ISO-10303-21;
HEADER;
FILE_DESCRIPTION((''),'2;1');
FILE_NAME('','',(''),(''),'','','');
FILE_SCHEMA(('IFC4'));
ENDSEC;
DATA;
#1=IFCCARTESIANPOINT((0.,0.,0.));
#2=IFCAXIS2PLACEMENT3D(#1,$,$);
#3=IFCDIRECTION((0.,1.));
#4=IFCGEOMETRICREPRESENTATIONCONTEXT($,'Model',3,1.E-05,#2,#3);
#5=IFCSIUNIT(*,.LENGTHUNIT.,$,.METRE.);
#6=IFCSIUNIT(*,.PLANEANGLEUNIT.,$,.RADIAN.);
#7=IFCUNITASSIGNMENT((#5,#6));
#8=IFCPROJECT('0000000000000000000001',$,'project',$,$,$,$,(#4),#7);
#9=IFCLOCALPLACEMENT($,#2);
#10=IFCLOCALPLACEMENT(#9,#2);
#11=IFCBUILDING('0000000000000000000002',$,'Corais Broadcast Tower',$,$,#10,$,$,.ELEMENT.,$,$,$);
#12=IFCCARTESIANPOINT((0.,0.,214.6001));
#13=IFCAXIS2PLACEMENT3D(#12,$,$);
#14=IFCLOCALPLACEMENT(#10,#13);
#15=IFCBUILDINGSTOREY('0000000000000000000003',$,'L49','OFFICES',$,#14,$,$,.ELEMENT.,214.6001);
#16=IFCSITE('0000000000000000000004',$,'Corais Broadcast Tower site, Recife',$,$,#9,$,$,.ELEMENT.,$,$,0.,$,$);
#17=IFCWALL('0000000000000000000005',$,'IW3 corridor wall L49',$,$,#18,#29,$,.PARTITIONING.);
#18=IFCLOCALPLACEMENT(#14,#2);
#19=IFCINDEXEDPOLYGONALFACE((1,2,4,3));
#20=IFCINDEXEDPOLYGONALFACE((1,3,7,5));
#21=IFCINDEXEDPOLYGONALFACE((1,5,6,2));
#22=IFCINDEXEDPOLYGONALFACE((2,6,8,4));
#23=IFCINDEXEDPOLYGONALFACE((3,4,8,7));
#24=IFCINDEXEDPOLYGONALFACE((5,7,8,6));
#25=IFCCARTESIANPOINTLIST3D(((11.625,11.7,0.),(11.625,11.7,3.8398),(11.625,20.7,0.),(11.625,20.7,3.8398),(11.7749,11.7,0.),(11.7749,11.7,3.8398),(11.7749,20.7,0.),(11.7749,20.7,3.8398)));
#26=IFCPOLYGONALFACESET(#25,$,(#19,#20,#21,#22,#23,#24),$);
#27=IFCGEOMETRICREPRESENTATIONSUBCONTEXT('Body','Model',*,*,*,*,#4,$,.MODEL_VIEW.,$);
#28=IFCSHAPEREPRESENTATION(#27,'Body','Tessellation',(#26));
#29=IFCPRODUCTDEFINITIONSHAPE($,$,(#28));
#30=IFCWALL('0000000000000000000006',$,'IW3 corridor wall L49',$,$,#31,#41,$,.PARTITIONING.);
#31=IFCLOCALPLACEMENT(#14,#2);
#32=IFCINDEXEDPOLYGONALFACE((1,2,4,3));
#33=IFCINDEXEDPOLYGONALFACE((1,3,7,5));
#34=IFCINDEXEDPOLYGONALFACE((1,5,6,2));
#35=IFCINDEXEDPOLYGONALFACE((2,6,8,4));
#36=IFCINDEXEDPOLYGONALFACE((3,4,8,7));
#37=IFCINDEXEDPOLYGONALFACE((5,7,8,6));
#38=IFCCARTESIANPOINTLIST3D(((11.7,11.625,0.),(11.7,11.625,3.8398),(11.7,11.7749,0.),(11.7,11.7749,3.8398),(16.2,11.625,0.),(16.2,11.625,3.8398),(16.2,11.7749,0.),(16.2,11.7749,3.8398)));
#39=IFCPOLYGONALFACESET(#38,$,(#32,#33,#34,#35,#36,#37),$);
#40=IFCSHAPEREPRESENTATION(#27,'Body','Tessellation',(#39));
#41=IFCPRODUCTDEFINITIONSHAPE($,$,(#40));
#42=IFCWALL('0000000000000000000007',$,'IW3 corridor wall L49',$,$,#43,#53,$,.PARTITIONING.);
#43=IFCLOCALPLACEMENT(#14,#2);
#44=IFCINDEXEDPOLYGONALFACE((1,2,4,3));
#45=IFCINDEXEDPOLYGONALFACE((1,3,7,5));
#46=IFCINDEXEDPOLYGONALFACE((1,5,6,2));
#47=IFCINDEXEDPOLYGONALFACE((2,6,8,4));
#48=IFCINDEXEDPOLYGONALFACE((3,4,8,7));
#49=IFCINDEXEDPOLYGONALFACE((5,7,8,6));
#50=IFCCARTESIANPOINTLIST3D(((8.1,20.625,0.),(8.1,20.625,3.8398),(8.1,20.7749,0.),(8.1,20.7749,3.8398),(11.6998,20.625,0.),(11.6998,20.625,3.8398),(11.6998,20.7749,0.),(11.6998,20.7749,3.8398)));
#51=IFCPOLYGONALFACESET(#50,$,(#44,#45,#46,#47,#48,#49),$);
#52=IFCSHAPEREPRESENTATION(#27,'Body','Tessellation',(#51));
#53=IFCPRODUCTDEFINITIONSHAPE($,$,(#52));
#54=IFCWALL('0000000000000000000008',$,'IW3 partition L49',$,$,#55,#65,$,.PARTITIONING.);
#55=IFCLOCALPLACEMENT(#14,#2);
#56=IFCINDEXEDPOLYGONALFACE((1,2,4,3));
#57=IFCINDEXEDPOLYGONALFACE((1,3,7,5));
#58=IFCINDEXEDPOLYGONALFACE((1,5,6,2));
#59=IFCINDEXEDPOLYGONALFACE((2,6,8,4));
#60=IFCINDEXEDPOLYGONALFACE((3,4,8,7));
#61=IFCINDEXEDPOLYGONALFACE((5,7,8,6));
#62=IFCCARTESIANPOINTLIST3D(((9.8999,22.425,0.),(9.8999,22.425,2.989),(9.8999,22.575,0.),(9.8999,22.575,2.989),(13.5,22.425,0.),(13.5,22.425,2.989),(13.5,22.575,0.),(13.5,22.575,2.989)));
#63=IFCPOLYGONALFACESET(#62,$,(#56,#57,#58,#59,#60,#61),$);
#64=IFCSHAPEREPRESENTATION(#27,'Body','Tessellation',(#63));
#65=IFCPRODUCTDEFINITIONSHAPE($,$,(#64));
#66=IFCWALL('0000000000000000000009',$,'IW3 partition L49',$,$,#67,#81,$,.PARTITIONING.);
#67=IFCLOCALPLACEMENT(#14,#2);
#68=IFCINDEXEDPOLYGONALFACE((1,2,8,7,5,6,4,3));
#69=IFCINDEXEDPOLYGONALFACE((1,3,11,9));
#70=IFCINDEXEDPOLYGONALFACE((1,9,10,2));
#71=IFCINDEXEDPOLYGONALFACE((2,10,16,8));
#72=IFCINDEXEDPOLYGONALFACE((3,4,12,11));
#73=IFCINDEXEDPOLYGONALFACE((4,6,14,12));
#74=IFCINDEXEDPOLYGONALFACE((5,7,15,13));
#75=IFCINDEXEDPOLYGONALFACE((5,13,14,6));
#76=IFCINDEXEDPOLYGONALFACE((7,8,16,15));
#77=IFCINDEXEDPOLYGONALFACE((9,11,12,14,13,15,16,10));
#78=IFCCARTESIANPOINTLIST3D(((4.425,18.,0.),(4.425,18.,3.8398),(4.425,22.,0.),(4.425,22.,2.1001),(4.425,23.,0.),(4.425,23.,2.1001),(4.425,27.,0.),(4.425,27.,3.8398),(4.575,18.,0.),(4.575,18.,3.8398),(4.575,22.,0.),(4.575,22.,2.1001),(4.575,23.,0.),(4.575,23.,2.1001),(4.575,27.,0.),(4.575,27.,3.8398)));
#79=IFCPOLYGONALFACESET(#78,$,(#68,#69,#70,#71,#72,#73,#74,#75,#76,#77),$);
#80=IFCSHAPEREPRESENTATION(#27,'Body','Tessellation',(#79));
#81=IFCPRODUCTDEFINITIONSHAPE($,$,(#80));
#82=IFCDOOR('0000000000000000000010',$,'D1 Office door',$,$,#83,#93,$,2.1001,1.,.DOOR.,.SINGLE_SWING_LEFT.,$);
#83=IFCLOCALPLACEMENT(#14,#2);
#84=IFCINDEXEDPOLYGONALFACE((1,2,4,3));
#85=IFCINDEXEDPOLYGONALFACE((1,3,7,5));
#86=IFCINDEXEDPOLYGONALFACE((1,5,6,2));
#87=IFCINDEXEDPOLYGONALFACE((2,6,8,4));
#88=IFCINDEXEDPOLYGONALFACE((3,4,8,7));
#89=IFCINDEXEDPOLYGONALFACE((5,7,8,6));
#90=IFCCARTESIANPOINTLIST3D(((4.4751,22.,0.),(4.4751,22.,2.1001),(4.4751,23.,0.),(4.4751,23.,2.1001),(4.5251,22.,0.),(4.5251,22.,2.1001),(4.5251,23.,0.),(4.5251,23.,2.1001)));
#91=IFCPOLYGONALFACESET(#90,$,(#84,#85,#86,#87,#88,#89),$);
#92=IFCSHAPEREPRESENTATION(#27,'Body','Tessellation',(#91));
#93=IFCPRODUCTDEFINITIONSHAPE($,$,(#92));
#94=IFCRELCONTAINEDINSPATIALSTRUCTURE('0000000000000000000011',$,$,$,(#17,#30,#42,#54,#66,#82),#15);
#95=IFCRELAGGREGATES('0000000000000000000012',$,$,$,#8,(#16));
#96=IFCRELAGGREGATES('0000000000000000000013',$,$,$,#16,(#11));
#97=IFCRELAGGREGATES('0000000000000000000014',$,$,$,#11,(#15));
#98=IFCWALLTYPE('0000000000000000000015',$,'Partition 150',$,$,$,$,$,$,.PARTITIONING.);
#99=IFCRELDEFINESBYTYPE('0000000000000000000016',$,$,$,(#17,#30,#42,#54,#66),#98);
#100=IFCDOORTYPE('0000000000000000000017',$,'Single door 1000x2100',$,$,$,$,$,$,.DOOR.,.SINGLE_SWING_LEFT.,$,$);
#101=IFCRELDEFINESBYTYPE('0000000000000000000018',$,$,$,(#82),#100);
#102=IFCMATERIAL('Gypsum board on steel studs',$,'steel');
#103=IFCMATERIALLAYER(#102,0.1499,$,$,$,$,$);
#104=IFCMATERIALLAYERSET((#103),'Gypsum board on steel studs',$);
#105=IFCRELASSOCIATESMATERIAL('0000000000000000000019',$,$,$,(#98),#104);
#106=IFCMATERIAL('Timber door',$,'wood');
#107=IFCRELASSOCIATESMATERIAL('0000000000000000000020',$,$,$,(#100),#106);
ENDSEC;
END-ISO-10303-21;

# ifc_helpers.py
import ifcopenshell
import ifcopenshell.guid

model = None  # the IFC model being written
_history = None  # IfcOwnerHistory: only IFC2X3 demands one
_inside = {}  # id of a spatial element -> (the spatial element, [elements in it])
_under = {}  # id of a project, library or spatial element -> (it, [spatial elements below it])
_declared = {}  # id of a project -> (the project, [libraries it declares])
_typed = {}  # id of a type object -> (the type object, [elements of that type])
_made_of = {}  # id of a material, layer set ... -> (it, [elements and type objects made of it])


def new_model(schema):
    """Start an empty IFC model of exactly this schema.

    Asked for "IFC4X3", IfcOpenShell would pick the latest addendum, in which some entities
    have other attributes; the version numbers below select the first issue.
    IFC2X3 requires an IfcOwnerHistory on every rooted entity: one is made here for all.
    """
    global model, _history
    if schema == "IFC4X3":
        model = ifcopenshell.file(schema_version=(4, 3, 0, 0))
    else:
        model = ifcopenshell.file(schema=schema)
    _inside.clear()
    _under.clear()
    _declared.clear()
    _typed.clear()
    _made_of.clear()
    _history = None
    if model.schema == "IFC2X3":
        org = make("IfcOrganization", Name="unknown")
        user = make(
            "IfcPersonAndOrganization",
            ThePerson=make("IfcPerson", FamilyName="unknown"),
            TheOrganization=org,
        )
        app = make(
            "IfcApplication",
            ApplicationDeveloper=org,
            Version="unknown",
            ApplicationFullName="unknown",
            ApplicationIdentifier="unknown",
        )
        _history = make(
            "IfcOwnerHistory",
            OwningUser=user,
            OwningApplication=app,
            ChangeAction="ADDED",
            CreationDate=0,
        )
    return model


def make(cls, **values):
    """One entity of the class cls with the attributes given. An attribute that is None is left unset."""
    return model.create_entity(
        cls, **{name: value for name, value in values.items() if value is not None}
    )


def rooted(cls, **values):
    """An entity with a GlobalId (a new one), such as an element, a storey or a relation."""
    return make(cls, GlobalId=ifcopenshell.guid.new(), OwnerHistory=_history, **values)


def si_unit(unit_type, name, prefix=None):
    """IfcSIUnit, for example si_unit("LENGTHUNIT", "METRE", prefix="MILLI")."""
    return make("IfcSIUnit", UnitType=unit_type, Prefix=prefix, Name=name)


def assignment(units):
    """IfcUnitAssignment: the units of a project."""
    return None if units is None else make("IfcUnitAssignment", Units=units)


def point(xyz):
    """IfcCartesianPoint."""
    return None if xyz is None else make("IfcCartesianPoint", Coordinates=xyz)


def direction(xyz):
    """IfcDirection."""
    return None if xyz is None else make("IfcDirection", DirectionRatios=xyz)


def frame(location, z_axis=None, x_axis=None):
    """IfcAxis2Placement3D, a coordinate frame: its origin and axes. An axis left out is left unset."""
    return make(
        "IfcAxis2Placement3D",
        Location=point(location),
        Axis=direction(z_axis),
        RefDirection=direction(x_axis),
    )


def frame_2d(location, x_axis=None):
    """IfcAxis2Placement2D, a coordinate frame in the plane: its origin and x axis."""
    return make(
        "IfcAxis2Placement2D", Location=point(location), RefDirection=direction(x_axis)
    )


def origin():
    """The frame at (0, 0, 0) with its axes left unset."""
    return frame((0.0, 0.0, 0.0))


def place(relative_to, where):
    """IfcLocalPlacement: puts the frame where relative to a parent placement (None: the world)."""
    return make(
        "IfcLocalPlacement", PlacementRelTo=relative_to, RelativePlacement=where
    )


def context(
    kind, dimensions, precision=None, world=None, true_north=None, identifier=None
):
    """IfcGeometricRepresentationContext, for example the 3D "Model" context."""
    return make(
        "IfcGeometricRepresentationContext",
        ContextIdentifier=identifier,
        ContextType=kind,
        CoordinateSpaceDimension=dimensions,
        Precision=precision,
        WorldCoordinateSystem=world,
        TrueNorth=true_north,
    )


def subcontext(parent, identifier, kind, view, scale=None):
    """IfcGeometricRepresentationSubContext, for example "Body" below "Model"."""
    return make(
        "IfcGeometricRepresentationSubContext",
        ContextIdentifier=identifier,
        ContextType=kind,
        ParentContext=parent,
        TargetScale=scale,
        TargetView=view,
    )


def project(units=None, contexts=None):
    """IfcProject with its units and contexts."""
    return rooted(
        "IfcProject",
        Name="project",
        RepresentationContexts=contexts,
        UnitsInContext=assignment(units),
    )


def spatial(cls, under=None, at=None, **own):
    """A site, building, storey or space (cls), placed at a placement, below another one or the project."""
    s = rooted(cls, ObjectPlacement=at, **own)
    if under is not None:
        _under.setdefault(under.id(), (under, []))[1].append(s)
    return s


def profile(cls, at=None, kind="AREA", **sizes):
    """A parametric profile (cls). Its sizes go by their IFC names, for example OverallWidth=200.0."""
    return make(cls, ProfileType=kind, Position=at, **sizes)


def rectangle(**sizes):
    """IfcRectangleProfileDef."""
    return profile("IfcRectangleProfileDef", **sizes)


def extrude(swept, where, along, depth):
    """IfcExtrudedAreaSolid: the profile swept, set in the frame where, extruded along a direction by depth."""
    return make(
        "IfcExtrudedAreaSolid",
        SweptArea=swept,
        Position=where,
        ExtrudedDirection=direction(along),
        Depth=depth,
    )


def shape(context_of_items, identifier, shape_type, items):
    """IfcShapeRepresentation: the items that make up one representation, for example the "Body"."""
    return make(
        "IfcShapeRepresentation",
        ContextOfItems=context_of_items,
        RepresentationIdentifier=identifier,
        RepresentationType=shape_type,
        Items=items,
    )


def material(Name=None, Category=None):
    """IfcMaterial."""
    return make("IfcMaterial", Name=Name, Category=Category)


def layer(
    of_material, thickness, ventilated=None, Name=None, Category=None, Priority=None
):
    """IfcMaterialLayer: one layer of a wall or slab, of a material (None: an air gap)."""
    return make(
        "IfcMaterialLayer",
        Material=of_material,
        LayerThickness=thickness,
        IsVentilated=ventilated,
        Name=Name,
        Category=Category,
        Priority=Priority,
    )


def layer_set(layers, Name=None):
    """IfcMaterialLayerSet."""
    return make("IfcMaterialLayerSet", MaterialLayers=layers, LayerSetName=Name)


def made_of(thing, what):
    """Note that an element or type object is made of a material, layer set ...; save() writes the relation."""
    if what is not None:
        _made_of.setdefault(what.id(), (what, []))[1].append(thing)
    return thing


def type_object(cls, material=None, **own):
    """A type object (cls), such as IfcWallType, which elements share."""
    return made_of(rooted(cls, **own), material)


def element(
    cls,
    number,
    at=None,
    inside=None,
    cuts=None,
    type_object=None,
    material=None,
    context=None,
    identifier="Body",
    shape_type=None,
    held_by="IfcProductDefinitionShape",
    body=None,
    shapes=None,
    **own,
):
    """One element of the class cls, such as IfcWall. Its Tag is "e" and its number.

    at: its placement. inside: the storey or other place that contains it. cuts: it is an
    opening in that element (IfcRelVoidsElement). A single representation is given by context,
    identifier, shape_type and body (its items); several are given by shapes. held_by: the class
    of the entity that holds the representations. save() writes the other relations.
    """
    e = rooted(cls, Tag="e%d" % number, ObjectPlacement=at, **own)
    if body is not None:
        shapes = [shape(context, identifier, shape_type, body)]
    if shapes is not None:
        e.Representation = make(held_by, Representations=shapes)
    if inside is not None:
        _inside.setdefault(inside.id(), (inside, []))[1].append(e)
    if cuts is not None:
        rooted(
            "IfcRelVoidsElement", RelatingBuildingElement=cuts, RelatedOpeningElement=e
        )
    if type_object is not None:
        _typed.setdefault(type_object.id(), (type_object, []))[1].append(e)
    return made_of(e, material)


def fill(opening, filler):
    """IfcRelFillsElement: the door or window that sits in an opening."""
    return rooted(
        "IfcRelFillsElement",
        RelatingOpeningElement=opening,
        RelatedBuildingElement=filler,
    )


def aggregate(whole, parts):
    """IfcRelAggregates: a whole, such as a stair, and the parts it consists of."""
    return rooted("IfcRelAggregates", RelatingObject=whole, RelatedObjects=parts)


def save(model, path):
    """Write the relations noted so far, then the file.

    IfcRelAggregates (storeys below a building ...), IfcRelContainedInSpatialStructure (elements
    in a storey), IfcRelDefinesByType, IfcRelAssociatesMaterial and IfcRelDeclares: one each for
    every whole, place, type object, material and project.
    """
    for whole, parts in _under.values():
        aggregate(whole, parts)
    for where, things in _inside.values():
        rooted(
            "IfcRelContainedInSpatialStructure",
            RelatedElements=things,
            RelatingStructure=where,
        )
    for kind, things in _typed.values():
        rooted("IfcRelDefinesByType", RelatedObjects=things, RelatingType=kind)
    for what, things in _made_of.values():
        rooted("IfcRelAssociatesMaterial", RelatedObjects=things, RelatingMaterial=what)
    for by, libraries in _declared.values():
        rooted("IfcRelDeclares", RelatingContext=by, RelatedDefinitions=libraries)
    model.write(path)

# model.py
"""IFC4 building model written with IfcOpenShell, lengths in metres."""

from ifc_helpers import new_model, si_unit, direction, frame, frame_2d, origin, place, context, subcontext, project, spatial, rectangle, extrude, material, layer, layer_set, type_object, element, fill, save


model = new_model("IFC4")

# Units and contexts
model_context = context("Model", 3, precision=1e-05, world=origin(), true_north=direction((0.0, 1.0)))
body_context = subcontext(model_context, "Body", "Model", "MODEL_VIEW")
ifc_project = project(units=[si_unit("LENGTHUNIT", "METRE"), si_unit("PLANEANGLEUNIT", "RADIAN")], contexts=[model_context])

# Site, building, storey
site_placement = place(None, origin())
site = spatial("IfcSite", under=ifc_project, at=site_placement, Name="Corais Broadcast Tower site, Recife", CompositionType="ELEMENT", RefElevation=0.0)
building_placement = place(site_placement, origin())
building = spatial("IfcBuilding", under=site, at=building_placement, Name="Corais Broadcast Tower", CompositionType="ELEMENT")
storey_placement = place(building_placement, frame((0.0, 0.0, 214.6001)))
storey = spatial("IfcBuildingStorey", under=building, at=storey_placement, Name="L49", Description="OFFICES", CompositionType="ELEMENT", Elevation=214.6001)

# Walls
ifc_material_1 = material(Name="Gypsum board on steel studs", Category="steel")
ifc_layer_1 = layer(ifc_material_1, 0.1499)
ifc_layer_set_1 = layer_set([ifc_layer_1], Name="Gypsum board on steel studs")
wall_type_1 = type_object("IfcWallType", Name="Partition 150", PredefinedType="PARTITIONING", material=ifc_layer_set_1)
wall_1_placement = place(storey_placement, frame((11.7, 20.7, 0.0), z_axis=(0.0, 0.0, 1.0), x_axis=(0.0, -1.0, 0.0)))
element("IfcWall", 1, at=wall_1_placement, inside=storey, type_object=wall_type_1, Name="IW3 corridor wall L49", PredefinedType="PARTITIONING", context=body_context, shape_type="SweptSolid", body=[
    extrude(rectangle(XDim=9.0, YDim=0.1499, at=frame_2d((4.5, 0.0))), origin(), (0.0, 0.0, 1.0), 3.8398),
])
wall_2_placement = place(storey_placement, frame((11.7, 11.7, 0.0), z_axis=(0.0, 0.0, 1.0), x_axis=(1.0, 0.0, 0.0)))
element("IfcWall", 2, at=wall_2_placement, inside=storey, type_object=wall_type_1, Name="IW3 corridor wall L49", PredefinedType="PARTITIONING", context=body_context, shape_type="SweptSolid", body=[
    extrude(rectangle(XDim=4.5, YDim=0.1499, at=frame_2d((2.25, 0.0))), origin(), (0.0, 0.0, 1.0), 3.8398),
])
wall_3_placement = place(storey_placement, frame((8.1001, 20.7, 0.0), z_axis=(0.0, 0.0, 1.0), x_axis=(1.0, 0.0, 0.0)))
element("IfcWall", 3, at=wall_3_placement, inside=storey, type_object=wall_type_1, Name="IW3 corridor wall L49", PredefinedType="PARTITIONING", context=body_context, shape_type="SweptSolid", body=[
    extrude(rectangle(XDim=3.5999, YDim=0.1499, at=frame_2d((1.7998, 0.0))), origin(), (0.0, 0.0, 1.0), 3.8398),
])
wall_4_placement = place(storey_placement, frame((9.8999, 22.5, 0.0), z_axis=(0.0, 0.0, 1.0), x_axis=(1.0, 0.0, 0.0)))
element("IfcWall", 4, at=wall_4_placement, inside=storey, type_object=wall_type_1, Name="IW3 partition L49", PredefinedType="PARTITIONING", context=body_context, shape_type="SweptSolid", body=[
    extrude(rectangle(XDim=3.6001, YDim=0.1499, at=frame_2d((1.8, 0.0))), origin(), (0.0, 0.0, 1.0), 2.989),
])

# Wall, opening, door
wall_5_placement = place(storey_placement, frame((4.5, 18.0, 0.0), z_axis=(0.0, 0.0, 1.0), x_axis=(0.0, 1.0, 0.0)))
wall_5 = element("IfcWall", 5, at=wall_5_placement, inside=storey, type_object=wall_type_1, Name="IW3 partition L49", PredefinedType="PARTITIONING", context=body_context, shape_type="SweptSolid", body=[
    extrude(rectangle(XDim=9.0, YDim=0.1499, at=frame_2d((4.5, 0.0))), origin(), (0.0, 0.0, 1.0), 3.8398),
])
opening_1_placement = place(wall_5_placement, frame((4.0, 0.0, 0.0)))
opening_1 = element("IfcOpeningElement", 6, at=opening_1_placement, cuts=wall_5, PredefinedType="OPENING", context=body_context, shape_type="SweptSolid", body=[
    extrude(rectangle(XDim=1.0, YDim=2.1001, at=frame_2d((0.5, 1.05))), frame((0.0, 0.085, 0.0), z_axis=(0.0, -1.0, 0.0), x_axis=(1.0, 0.0, 0.0)), (0.0, 0.0, 1.0), 0.1699),
])
ifc_material_2 = material(Name="Timber door", Category="wood")
door_type_1 = type_object("IfcDoorType", Name="Single door 1000x2100", OperationType="SINGLE_SWING_LEFT", PredefinedType="DOOR", material=ifc_material_2)
door_1_placement = place(opening_1_placement, origin())
door_1 = element("IfcDoor", 7, at=door_1_placement, inside=storey, type_object=door_type_1, Name="D1 Office door", OperationType="SINGLE_SWING_LEFT", OverallHeight=2.1001, OverallWidth=1.0, PredefinedType="DOOR", context=body_context, shape_type="SweptSolid", body=[
    extrude(rectangle(XDim=1.0, YDim=2.1001, at=frame_2d((0.5, 1.05))), frame((0.0, 0.0249, 0.0), z_axis=(0.0, -1.0, 0.0), x_axis=(1.0, 0.0, 0.0)), (0.0, 0.0, 1.0), 0.05),
])
fill(opening_1, door_1)

save(model, "model.ifc")
